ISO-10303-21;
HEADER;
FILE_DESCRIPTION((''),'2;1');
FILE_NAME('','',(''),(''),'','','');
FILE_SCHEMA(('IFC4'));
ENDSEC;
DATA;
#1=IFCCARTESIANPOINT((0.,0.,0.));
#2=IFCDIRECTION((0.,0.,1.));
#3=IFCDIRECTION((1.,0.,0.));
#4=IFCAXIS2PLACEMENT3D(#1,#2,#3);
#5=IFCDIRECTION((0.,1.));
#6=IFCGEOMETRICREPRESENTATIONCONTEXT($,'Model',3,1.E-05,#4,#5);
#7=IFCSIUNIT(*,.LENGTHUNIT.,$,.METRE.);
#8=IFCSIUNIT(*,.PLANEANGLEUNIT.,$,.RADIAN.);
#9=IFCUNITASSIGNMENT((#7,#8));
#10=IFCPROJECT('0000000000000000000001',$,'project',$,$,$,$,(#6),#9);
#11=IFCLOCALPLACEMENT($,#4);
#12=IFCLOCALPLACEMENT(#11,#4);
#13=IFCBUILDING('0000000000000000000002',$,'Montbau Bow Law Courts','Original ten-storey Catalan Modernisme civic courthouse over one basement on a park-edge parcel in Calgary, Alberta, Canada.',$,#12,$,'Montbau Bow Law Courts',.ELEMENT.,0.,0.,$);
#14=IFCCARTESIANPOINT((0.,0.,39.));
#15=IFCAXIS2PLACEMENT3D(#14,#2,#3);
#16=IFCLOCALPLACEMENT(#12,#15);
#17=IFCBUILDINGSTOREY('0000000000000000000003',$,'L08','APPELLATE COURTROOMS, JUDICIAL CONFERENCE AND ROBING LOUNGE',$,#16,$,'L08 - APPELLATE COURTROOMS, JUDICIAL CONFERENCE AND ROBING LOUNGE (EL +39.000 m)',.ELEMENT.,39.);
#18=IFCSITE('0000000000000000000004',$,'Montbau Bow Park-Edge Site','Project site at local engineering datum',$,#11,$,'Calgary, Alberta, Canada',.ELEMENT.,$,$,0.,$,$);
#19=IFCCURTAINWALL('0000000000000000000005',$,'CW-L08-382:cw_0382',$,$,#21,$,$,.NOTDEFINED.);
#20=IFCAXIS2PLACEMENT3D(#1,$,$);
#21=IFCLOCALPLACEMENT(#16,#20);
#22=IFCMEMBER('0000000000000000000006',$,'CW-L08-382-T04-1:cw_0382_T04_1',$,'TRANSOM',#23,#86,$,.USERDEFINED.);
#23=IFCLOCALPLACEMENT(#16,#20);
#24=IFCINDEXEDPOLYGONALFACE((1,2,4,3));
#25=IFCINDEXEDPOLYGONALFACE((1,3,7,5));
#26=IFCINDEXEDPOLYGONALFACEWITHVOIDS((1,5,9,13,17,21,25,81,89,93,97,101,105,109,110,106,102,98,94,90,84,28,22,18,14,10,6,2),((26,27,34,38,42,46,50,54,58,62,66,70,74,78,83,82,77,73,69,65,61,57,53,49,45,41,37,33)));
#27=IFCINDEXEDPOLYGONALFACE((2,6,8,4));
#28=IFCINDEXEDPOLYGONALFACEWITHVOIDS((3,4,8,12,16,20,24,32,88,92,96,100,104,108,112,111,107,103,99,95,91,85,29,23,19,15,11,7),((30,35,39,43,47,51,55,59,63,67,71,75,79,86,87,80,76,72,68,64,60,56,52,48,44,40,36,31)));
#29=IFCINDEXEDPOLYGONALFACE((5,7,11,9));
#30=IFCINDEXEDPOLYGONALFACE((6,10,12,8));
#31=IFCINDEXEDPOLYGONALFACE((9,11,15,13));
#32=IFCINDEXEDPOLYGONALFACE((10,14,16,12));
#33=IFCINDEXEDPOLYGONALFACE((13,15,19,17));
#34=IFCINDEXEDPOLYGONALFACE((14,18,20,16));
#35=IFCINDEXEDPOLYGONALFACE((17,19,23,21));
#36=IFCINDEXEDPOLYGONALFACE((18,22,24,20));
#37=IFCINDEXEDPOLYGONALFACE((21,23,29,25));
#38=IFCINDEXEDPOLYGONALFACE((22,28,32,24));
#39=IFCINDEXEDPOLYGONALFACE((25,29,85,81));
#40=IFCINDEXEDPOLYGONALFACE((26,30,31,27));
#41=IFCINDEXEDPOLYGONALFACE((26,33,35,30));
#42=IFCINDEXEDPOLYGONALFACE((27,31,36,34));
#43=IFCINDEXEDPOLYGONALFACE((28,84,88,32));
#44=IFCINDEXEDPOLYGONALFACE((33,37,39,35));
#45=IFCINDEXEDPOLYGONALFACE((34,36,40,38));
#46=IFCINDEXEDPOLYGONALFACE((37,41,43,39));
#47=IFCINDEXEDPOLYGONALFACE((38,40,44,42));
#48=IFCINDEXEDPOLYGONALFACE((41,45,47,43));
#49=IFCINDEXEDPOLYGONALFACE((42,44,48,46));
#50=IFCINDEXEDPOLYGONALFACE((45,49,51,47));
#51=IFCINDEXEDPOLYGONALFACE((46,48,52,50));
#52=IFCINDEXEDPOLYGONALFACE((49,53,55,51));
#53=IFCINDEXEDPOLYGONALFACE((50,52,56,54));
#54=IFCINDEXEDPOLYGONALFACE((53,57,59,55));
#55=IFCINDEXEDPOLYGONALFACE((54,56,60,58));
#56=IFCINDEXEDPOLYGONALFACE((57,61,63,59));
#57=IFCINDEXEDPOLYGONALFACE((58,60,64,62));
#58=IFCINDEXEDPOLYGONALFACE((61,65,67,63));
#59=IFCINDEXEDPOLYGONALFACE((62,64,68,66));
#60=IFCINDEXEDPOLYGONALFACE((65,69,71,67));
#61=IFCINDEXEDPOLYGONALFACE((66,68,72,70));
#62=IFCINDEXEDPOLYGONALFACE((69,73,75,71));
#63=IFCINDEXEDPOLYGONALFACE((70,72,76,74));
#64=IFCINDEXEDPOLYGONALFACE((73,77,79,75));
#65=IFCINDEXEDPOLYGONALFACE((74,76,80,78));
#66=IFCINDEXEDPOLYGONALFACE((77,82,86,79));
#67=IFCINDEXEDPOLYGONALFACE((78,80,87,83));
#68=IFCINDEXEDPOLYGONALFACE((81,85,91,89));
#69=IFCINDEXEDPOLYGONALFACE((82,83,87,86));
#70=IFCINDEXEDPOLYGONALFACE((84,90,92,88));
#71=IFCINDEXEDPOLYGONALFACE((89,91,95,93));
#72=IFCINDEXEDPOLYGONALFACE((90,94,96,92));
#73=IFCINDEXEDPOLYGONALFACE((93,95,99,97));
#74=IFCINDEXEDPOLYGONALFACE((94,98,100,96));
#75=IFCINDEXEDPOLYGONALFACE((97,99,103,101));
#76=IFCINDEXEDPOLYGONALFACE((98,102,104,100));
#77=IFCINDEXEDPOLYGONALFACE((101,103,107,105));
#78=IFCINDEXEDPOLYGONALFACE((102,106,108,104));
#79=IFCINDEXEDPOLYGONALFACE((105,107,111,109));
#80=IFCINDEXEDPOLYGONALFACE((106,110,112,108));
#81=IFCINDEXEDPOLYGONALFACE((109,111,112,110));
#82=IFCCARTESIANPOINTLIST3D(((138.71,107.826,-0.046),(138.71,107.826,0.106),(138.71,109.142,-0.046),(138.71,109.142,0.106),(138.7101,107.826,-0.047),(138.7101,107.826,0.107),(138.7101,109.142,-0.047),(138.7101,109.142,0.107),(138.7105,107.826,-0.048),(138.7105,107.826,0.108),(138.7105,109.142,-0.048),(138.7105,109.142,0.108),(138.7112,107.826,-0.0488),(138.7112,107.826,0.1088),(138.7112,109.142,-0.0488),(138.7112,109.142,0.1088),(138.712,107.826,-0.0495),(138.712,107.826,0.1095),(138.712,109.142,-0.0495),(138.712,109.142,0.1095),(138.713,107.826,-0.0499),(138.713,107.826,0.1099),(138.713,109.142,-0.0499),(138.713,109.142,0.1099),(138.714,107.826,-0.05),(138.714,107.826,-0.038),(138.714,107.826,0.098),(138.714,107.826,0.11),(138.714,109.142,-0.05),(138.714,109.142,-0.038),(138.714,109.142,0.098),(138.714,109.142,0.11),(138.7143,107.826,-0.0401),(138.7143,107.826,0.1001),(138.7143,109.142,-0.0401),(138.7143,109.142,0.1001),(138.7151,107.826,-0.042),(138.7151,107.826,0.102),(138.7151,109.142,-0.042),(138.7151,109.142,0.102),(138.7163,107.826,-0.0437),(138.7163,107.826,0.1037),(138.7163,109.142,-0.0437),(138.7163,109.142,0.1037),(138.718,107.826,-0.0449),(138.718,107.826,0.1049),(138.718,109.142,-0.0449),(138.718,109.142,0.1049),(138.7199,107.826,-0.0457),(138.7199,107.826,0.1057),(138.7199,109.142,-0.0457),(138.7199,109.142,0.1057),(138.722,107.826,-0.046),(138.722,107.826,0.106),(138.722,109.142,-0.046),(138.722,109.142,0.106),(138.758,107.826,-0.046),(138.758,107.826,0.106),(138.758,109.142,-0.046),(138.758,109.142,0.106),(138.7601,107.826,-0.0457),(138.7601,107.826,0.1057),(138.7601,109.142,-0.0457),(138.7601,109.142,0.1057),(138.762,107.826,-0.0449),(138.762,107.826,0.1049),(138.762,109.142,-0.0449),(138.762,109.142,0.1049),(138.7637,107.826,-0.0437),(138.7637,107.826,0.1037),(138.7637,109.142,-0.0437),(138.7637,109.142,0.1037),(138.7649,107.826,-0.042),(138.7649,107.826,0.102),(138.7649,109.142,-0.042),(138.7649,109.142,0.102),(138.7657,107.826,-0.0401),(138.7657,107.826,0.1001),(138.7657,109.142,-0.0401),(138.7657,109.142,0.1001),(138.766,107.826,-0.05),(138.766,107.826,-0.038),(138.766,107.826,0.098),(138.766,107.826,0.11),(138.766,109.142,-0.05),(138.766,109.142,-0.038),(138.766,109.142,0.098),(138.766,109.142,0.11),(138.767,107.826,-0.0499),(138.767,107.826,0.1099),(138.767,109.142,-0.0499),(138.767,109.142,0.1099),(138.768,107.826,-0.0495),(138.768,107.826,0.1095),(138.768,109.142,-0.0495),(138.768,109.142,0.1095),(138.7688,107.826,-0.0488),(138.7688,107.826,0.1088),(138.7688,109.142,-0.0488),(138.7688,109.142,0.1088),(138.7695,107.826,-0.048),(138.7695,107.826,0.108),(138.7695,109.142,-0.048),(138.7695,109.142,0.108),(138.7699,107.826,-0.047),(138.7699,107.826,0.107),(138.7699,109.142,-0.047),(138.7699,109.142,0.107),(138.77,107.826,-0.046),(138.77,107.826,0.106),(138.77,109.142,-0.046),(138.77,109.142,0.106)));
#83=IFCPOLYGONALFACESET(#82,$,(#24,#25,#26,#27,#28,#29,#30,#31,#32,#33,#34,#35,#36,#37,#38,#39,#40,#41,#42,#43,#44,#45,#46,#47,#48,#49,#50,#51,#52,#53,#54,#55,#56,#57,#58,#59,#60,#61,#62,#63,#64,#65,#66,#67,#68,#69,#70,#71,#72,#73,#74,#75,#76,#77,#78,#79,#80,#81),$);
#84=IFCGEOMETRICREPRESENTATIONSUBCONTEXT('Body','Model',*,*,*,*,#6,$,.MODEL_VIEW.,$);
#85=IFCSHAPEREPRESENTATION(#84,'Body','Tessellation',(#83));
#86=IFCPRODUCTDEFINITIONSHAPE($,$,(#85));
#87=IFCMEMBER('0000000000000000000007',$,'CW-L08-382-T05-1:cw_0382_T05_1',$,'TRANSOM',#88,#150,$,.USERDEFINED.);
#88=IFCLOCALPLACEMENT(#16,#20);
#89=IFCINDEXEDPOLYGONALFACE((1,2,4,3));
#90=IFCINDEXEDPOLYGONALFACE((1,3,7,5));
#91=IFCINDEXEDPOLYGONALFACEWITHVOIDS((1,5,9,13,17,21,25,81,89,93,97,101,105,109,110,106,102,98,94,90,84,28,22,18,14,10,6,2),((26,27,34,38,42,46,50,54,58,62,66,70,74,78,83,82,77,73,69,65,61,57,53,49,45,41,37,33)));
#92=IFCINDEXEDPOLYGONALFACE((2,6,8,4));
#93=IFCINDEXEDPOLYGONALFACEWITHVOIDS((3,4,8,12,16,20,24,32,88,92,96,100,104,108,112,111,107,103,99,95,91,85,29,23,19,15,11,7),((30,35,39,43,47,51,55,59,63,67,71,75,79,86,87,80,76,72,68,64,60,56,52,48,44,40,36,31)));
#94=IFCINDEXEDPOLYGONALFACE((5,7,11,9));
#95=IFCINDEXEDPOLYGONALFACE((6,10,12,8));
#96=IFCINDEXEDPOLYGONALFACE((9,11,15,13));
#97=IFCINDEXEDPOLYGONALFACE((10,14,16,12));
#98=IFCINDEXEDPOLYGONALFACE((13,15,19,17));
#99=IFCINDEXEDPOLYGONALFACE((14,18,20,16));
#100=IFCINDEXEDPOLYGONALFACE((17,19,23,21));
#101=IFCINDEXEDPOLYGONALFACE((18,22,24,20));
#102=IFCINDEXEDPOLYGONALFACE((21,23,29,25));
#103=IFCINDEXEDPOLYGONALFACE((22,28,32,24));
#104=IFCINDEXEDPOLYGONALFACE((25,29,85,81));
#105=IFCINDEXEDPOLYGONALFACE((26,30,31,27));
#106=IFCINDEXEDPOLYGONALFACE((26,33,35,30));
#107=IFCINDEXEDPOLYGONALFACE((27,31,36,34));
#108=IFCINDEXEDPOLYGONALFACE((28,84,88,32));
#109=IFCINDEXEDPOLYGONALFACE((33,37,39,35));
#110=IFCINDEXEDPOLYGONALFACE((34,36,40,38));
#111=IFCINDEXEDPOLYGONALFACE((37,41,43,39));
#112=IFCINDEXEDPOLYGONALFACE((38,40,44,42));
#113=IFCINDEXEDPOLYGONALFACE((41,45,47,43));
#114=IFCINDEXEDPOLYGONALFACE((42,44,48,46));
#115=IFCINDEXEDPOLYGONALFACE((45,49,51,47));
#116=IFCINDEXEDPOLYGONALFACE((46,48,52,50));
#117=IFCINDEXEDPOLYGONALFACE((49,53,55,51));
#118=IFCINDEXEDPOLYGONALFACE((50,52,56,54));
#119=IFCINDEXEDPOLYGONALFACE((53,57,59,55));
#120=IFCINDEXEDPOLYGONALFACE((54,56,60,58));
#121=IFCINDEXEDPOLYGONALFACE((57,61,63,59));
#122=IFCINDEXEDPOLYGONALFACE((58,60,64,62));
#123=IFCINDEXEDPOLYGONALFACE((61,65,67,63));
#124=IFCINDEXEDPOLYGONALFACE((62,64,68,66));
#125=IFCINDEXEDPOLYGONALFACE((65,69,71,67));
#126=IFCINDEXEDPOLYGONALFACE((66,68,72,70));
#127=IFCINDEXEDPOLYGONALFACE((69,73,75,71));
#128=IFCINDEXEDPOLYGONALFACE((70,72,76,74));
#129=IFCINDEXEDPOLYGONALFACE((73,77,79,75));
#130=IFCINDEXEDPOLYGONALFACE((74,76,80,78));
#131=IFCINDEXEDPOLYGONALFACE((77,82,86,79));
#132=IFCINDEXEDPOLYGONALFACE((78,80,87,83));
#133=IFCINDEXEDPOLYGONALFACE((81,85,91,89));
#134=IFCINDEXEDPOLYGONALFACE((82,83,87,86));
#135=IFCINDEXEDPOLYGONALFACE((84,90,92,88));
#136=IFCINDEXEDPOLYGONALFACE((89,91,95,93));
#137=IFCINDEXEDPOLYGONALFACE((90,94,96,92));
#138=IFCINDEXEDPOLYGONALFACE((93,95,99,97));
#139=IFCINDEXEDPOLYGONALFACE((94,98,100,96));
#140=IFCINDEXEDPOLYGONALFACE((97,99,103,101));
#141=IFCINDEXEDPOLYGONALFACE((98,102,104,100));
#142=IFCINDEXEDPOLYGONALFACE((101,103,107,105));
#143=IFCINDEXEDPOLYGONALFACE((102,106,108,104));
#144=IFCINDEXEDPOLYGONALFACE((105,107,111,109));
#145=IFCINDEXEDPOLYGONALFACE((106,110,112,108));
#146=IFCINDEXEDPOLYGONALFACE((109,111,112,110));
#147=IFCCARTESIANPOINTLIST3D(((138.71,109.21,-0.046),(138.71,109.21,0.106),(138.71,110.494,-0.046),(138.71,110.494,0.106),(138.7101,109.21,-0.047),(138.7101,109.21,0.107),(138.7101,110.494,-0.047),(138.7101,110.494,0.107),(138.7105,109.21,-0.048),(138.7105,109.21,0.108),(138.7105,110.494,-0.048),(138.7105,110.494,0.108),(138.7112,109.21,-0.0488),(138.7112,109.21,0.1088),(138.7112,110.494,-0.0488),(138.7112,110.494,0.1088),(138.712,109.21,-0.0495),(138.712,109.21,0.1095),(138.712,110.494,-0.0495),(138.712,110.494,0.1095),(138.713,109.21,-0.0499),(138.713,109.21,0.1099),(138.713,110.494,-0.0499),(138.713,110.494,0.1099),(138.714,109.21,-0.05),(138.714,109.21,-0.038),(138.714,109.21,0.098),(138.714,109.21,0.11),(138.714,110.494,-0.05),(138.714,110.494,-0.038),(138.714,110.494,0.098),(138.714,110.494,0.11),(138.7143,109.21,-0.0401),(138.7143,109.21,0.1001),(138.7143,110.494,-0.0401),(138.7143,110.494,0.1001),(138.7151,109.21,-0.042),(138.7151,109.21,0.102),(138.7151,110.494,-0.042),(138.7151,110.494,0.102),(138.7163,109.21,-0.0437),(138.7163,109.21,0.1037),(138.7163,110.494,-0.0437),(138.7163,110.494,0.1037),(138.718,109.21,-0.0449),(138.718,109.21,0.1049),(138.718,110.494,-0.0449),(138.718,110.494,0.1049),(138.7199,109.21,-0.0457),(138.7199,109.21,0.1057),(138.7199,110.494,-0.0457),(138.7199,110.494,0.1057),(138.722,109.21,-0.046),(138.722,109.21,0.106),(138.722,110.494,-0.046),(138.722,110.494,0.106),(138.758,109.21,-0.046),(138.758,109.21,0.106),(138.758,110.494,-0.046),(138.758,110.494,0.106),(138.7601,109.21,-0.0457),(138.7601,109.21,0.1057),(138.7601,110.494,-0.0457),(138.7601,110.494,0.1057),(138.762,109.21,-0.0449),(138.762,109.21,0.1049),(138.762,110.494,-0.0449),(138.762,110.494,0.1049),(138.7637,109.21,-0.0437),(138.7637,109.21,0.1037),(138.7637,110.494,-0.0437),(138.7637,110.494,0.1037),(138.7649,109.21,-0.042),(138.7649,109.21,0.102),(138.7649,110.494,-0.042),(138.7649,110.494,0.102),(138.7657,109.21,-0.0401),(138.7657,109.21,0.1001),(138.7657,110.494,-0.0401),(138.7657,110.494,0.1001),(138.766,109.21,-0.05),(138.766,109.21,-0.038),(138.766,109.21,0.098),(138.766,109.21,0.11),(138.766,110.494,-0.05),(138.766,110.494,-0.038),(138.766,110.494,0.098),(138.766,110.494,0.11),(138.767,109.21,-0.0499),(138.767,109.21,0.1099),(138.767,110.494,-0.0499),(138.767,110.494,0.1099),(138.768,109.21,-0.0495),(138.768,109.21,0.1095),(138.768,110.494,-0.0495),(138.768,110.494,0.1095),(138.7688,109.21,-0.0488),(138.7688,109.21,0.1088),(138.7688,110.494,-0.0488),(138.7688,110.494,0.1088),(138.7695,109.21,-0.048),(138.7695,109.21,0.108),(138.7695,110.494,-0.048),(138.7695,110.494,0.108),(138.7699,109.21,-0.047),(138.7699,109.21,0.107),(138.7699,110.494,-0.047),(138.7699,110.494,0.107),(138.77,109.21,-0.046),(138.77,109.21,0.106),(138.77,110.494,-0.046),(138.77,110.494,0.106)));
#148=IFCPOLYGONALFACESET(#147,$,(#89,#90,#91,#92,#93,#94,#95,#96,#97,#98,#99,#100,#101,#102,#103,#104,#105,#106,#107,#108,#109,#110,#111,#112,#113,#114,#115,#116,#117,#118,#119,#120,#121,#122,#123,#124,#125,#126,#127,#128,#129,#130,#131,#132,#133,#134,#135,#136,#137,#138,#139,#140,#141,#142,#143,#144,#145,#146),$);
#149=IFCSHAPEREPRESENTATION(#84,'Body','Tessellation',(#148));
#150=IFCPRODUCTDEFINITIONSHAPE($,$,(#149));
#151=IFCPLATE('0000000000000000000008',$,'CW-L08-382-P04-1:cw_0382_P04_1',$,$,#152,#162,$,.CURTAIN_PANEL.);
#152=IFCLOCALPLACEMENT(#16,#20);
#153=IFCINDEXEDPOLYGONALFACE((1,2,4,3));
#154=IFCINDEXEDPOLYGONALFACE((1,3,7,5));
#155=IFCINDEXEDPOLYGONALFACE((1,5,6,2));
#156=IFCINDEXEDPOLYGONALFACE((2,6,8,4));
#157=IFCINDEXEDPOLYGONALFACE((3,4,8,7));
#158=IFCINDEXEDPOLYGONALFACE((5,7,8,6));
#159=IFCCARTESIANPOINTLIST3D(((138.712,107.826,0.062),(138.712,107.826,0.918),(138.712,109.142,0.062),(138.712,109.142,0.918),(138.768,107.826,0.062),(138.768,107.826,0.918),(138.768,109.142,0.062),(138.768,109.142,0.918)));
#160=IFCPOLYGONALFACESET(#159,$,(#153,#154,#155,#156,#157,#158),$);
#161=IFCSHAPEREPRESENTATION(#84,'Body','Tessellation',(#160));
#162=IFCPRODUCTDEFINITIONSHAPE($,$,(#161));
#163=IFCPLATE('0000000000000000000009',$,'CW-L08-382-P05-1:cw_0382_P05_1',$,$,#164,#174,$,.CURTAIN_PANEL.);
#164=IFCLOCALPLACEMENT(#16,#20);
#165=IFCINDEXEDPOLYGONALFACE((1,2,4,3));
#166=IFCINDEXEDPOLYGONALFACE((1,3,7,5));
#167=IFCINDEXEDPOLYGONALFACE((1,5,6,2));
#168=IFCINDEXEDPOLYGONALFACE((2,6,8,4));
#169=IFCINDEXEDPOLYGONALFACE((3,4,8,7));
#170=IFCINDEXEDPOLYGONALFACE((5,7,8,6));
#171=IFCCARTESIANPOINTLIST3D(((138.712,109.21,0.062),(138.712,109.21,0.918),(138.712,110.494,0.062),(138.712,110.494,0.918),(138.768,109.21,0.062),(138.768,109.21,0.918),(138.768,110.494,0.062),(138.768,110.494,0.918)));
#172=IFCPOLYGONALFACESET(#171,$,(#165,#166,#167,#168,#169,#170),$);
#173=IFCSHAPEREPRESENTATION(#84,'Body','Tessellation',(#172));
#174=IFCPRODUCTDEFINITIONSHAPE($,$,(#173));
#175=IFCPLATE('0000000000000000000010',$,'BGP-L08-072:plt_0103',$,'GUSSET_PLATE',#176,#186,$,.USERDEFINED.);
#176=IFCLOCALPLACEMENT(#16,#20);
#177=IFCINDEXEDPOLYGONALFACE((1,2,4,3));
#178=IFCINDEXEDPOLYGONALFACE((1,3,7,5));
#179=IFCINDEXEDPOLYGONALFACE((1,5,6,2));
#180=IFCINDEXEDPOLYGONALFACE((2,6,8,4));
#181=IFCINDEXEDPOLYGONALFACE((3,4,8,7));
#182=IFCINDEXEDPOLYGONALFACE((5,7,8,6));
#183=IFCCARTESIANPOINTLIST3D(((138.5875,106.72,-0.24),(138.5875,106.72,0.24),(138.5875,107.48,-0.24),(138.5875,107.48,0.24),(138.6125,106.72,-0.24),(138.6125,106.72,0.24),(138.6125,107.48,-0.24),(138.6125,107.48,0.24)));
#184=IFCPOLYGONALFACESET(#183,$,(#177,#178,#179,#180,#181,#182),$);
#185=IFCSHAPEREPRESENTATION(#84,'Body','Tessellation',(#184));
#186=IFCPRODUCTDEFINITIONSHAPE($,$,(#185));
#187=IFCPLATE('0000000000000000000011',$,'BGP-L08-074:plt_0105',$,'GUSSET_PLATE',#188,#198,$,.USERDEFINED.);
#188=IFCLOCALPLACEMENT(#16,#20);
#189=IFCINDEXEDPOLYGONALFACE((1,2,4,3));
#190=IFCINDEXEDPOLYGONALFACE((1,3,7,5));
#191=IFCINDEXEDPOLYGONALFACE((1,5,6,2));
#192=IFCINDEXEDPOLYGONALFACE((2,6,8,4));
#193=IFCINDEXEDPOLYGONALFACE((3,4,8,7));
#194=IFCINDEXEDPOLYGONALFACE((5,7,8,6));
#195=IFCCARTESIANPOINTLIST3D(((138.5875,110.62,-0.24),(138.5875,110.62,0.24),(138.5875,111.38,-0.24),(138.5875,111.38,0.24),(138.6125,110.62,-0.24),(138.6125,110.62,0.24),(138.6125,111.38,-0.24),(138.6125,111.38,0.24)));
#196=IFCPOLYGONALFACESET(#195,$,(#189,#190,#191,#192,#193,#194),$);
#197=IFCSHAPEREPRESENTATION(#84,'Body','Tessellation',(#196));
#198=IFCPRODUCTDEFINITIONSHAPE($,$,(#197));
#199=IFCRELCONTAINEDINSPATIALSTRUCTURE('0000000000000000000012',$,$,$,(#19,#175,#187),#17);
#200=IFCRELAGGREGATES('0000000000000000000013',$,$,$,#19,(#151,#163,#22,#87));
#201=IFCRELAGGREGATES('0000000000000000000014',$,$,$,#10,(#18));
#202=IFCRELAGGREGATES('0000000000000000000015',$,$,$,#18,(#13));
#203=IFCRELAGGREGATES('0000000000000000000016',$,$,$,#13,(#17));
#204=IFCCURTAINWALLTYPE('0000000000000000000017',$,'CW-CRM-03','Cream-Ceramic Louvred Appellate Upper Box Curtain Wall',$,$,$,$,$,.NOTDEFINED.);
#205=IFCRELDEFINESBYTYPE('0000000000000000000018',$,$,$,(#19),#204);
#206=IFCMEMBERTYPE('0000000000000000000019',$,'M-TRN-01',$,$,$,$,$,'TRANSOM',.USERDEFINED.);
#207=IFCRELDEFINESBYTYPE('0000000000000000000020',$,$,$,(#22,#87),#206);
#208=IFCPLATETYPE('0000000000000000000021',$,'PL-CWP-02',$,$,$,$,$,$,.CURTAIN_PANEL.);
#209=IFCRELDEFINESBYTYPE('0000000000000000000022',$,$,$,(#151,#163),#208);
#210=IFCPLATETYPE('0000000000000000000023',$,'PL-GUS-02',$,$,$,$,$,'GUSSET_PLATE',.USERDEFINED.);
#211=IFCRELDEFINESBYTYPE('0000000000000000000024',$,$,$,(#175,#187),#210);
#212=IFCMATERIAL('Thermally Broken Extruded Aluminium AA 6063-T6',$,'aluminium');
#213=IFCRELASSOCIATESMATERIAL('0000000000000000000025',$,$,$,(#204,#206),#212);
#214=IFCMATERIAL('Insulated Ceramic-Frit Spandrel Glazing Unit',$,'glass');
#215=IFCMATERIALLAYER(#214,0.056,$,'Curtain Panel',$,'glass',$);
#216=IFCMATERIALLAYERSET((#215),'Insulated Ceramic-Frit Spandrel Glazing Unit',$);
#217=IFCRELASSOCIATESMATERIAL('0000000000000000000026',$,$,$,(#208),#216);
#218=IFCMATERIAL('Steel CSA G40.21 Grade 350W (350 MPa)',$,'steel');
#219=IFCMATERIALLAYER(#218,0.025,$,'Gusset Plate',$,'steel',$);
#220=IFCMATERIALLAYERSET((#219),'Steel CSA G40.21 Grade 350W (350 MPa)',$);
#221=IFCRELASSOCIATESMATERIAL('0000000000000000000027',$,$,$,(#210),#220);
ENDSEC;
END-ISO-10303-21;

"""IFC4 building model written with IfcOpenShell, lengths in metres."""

from ifc_helpers import new_model, si_unit, direction, frame, frame_2d, origin_with_axes, origin_2d_with_axis, place, context, subcontext, project, spatial, rectangle, hollow_rectangle, extrude, material, layer, layer_set, material_profile, profile_set, type_object, element, aggregate, save


model = new_model("IFC4")

# Units and contexts
model_context = context("Model", 3, precision=1e-05, world=origin_with_axes(), true_north=direction((0.0, 1.0)))
body_context = subcontext(model_context, "Body", "Model", "MODEL_VIEW")
ifc_project = project(units=[si_unit("LENGTHUNIT", "METRE"), si_unit("PLANEANGLEUNIT", "RADIAN")], contexts=[model_context])

# Site, building, storey
site_placement = place(None, origin_with_axes())
site = spatial("IfcSite", under=ifc_project, at=site_placement, Name="Montbau Bow Park-Edge Site", Description="Project site at local engineering datum", LongName="Calgary, Alberta, Canada", CompositionType="ELEMENT", RefElevation=0.0)
building_placement = place(site_placement, origin_with_axes())
building = spatial("IfcBuilding", under=site, at=building_placement, Name="Montbau Bow Law Courts", Description="Original ten-storey Catalan Modernisme civic courthouse over one basement on a park-edge parcel in Calgary, Alberta, Canada.", LongName="Montbau Bow Law Courts", CompositionType="ELEMENT", ElevationOfRefHeight=0.0, ElevationOfTerrain=0.0)
storey_placement = place(building_placement, frame((0.0, 0.0, 39.0), z_axis=(0.0, 0.0, 1.0), x_axis=(1.0, 0.0, 0.0)))
storey = spatial("IfcBuildingStorey", under=building, at=storey_placement, Name="L08", Description="APPELLATE COURTROOMS, JUDICIAL CONFERENCE AND ROBING LOUNGE", LongName="L08 - APPELLATE COURTROOMS, JUDICIAL CONFERENCE AND ROBING LOUNGE (EL +39.000 m)", CompositionType="ELEMENT", Elevation=39.0)

# Shared definitions
ifc_material_1 = material(Name="Steel CSA G40.21 Grade 350W (350 MPa)", Category="steel")

# Curtain wall
ifc_material_2 = material(Name="Thermally Broken Extruded Aluminium AA 6063-T6", Category="aluminium")
curtain_wall_type = type_object("IfcCurtainWallType", Name="CW-CRM-03", Description="Cream-Ceramic Louvred Appellate Upper Box Curtain Wall", PredefinedType="NOTDEFINED", material=ifc_material_2)
curtain_wall_1_placement = place(None, frame((138.74, 103.64, 39.0), z_axis=(0.0, 0.0, 1.0), x_axis=(1.0, 0.0, 0.0)))
curtain_wall_1 = element("IfcCurtainWall", 1, at=curtain_wall_1_placement, inside=storey, type_object=curtain_wall_type, Name="CW-L08-382:cw_0382", PredefinedType="NOTDEFINED")

# Members
ifc_material_profile_1 = material_profile(ifc_material_2, hollow_rectangle(XDim=0.06, YDim=0.16, WallThickness=0.004, InnerFilletRadius=0.008, OuterFilletRadius=0.004, at=origin_2d_with_axis()), Name="CWT-160X60", Category="Main", Priority=0)
ifc_profile_set_1 = profile_set([ifc_material_profile_1], Name="Thermally Broken Extruded Aluminium AA 6063-T6")
member_type_1 = type_object("IfcMemberType", Name="M-TRN-01", ElementType="TRANSOM", PredefinedType="USERDEFINED", material=ifc_profile_set_1)
member_1_placement = place(None, frame((138.74, 107.826, 39.03), z_axis=(0.0, 1.0, 0.0), x_axis=(-1.0, 0.0, 0.0)))
member_1 = element("IfcMember", 2, at=member_1_placement, type_object=member_type_1, Name="CW-L08-382-T04-1:cw_0382_T04_1", ObjectType="TRANSOM", PredefinedType="USERDEFINED", context=body_context, shape_type="SweptSolid", body=[
    extrude(hollow_rectangle(XDim=0.06, YDim=0.16, WallThickness=0.004, InnerFilletRadius=0.008, OuterFilletRadius=0.004, at=origin_2d_with_axis()), origin_with_axes(), (0.0, 0.0, 1.0), 1.316),
])
member_2_placement = place(None, frame((138.74, 109.21, 39.03), z_axis=(0.0, 1.0, 0.0), x_axis=(-1.0, 0.0, 0.0)))
member_2 = element("IfcMember", 3, at=member_2_placement, type_object=member_type_1, Name="CW-L08-382-T05-1:cw_0382_T05_1", ObjectType="TRANSOM", PredefinedType="USERDEFINED", context=body_context, shape_type="SweptSolid", body=[
    extrude(hollow_rectangle(XDim=0.06, YDim=0.16, WallThickness=0.004, InnerFilletRadius=0.008, OuterFilletRadius=0.004, at=origin_2d_with_axis()), origin_with_axes(), (0.0, 0.0, 1.0), 1.284),
])

# Plates
ifc_material_3 = material(Name="Insulated Ceramic-Frit Spandrel Glazing Unit", Category="glass")
ifc_layer_1 = layer(ifc_material_3, 0.056, Name="Curtain Panel", Category="glass")
ifc_layer_set_1 = layer_set([ifc_layer_1], Name="Insulated Ceramic-Frit Spandrel Glazing Unit")
plate_type_1 = type_object("IfcPlateType", Name="PL-CWP-02", PredefinedType="CURTAIN_PANEL", material=ifc_layer_set_1)
plate_1_placement = place(None, frame((138.74, 107.826, 39.062), z_axis=(1.0, 0.0, 0.0), x_axis=(0.0, 1.0, 0.0)))
plate_1 = element("IfcPlate", 4, at=plate_1_placement, type_object=plate_type_1, Name="CW-L08-382-P04-1:cw_0382_P04_1", PredefinedType="CURTAIN_PANEL", context=body_context, shape_type="SweptSolid", body=[
    extrude(rectangle(XDim=1.316, YDim=0.856, at=frame_2d((0.658, 0.428), x_axis=(1.0, 0.0))), frame((0.0, 0.0, -0.028), z_axis=(0.0, 0.0, 1.0), x_axis=(1.0, 0.0, 0.0)), (0.0, 0.0, 1.0), 0.056),
])
plate_2_placement = place(None, frame((138.74, 109.21, 39.062), z_axis=(1.0, 0.0, 0.0), x_axis=(0.0, 1.0, 0.0)))
plate_2 = element("IfcPlate", 5, at=plate_2_placement, type_object=plate_type_1, Name="CW-L08-382-P05-1:cw_0382_P05_1", PredefinedType="CURTAIN_PANEL", context=body_context, shape_type="SweptSolid", body=[
    extrude(rectangle(XDim=1.284, YDim=0.856, at=frame_2d((0.642, 0.428), x_axis=(1.0, 0.0))), frame((0.0, 0.0, -0.028), z_axis=(0.0, 0.0, 1.0), x_axis=(1.0, 0.0, 0.0)), (0.0, 0.0, 1.0), 0.056),
])
aggregate(curtain_wall_1, [plate_1, plate_2, member_1, member_2])

# Plates
ifc_layer_2 = layer(ifc_material_1, 0.025, Name="Gusset Plate", Category="steel")
ifc_layer_set_2 = layer_set([ifc_layer_2], Name="Steel CSA G40.21 Grade 350W (350 MPa)")
plate_type_2 = type_object("IfcPlateType", Name="PL-GUS-02", ElementType="GUSSET_PLATE", PredefinedType="USERDEFINED", material=ifc_layer_set_2)
for number, where, z_axis, x_axis, name in (
    (6, (138.6, 107.1, 38.76), (0.0, 0.0, 1.0), (0.0, 1.0, 0.0), "BGP-L08-072:plt_0103"),
    (7, (138.6, 111.0, 38.76), (0.0, 0.0, 1.0), (0.0, 1.0, 0.0), "BGP-L08-074:plt_0105"),
):
    element("IfcPlate", number, at=place(None, frame(where, z_axis=z_axis, x_axis=x_axis)), inside=storey, type_object=plate_type_2, Name=name, ObjectType="GUSSET_PLATE", PredefinedType="USERDEFINED", context=body_context, shape_type="SweptSolid", body=[
        extrude(rectangle(XDim=0.76, YDim=0.025, at=origin_2d_with_axis()), origin_with_axes(), (0.0, 0.0, 1.0), 0.48),
    ])

save(model, "model.ifc")
